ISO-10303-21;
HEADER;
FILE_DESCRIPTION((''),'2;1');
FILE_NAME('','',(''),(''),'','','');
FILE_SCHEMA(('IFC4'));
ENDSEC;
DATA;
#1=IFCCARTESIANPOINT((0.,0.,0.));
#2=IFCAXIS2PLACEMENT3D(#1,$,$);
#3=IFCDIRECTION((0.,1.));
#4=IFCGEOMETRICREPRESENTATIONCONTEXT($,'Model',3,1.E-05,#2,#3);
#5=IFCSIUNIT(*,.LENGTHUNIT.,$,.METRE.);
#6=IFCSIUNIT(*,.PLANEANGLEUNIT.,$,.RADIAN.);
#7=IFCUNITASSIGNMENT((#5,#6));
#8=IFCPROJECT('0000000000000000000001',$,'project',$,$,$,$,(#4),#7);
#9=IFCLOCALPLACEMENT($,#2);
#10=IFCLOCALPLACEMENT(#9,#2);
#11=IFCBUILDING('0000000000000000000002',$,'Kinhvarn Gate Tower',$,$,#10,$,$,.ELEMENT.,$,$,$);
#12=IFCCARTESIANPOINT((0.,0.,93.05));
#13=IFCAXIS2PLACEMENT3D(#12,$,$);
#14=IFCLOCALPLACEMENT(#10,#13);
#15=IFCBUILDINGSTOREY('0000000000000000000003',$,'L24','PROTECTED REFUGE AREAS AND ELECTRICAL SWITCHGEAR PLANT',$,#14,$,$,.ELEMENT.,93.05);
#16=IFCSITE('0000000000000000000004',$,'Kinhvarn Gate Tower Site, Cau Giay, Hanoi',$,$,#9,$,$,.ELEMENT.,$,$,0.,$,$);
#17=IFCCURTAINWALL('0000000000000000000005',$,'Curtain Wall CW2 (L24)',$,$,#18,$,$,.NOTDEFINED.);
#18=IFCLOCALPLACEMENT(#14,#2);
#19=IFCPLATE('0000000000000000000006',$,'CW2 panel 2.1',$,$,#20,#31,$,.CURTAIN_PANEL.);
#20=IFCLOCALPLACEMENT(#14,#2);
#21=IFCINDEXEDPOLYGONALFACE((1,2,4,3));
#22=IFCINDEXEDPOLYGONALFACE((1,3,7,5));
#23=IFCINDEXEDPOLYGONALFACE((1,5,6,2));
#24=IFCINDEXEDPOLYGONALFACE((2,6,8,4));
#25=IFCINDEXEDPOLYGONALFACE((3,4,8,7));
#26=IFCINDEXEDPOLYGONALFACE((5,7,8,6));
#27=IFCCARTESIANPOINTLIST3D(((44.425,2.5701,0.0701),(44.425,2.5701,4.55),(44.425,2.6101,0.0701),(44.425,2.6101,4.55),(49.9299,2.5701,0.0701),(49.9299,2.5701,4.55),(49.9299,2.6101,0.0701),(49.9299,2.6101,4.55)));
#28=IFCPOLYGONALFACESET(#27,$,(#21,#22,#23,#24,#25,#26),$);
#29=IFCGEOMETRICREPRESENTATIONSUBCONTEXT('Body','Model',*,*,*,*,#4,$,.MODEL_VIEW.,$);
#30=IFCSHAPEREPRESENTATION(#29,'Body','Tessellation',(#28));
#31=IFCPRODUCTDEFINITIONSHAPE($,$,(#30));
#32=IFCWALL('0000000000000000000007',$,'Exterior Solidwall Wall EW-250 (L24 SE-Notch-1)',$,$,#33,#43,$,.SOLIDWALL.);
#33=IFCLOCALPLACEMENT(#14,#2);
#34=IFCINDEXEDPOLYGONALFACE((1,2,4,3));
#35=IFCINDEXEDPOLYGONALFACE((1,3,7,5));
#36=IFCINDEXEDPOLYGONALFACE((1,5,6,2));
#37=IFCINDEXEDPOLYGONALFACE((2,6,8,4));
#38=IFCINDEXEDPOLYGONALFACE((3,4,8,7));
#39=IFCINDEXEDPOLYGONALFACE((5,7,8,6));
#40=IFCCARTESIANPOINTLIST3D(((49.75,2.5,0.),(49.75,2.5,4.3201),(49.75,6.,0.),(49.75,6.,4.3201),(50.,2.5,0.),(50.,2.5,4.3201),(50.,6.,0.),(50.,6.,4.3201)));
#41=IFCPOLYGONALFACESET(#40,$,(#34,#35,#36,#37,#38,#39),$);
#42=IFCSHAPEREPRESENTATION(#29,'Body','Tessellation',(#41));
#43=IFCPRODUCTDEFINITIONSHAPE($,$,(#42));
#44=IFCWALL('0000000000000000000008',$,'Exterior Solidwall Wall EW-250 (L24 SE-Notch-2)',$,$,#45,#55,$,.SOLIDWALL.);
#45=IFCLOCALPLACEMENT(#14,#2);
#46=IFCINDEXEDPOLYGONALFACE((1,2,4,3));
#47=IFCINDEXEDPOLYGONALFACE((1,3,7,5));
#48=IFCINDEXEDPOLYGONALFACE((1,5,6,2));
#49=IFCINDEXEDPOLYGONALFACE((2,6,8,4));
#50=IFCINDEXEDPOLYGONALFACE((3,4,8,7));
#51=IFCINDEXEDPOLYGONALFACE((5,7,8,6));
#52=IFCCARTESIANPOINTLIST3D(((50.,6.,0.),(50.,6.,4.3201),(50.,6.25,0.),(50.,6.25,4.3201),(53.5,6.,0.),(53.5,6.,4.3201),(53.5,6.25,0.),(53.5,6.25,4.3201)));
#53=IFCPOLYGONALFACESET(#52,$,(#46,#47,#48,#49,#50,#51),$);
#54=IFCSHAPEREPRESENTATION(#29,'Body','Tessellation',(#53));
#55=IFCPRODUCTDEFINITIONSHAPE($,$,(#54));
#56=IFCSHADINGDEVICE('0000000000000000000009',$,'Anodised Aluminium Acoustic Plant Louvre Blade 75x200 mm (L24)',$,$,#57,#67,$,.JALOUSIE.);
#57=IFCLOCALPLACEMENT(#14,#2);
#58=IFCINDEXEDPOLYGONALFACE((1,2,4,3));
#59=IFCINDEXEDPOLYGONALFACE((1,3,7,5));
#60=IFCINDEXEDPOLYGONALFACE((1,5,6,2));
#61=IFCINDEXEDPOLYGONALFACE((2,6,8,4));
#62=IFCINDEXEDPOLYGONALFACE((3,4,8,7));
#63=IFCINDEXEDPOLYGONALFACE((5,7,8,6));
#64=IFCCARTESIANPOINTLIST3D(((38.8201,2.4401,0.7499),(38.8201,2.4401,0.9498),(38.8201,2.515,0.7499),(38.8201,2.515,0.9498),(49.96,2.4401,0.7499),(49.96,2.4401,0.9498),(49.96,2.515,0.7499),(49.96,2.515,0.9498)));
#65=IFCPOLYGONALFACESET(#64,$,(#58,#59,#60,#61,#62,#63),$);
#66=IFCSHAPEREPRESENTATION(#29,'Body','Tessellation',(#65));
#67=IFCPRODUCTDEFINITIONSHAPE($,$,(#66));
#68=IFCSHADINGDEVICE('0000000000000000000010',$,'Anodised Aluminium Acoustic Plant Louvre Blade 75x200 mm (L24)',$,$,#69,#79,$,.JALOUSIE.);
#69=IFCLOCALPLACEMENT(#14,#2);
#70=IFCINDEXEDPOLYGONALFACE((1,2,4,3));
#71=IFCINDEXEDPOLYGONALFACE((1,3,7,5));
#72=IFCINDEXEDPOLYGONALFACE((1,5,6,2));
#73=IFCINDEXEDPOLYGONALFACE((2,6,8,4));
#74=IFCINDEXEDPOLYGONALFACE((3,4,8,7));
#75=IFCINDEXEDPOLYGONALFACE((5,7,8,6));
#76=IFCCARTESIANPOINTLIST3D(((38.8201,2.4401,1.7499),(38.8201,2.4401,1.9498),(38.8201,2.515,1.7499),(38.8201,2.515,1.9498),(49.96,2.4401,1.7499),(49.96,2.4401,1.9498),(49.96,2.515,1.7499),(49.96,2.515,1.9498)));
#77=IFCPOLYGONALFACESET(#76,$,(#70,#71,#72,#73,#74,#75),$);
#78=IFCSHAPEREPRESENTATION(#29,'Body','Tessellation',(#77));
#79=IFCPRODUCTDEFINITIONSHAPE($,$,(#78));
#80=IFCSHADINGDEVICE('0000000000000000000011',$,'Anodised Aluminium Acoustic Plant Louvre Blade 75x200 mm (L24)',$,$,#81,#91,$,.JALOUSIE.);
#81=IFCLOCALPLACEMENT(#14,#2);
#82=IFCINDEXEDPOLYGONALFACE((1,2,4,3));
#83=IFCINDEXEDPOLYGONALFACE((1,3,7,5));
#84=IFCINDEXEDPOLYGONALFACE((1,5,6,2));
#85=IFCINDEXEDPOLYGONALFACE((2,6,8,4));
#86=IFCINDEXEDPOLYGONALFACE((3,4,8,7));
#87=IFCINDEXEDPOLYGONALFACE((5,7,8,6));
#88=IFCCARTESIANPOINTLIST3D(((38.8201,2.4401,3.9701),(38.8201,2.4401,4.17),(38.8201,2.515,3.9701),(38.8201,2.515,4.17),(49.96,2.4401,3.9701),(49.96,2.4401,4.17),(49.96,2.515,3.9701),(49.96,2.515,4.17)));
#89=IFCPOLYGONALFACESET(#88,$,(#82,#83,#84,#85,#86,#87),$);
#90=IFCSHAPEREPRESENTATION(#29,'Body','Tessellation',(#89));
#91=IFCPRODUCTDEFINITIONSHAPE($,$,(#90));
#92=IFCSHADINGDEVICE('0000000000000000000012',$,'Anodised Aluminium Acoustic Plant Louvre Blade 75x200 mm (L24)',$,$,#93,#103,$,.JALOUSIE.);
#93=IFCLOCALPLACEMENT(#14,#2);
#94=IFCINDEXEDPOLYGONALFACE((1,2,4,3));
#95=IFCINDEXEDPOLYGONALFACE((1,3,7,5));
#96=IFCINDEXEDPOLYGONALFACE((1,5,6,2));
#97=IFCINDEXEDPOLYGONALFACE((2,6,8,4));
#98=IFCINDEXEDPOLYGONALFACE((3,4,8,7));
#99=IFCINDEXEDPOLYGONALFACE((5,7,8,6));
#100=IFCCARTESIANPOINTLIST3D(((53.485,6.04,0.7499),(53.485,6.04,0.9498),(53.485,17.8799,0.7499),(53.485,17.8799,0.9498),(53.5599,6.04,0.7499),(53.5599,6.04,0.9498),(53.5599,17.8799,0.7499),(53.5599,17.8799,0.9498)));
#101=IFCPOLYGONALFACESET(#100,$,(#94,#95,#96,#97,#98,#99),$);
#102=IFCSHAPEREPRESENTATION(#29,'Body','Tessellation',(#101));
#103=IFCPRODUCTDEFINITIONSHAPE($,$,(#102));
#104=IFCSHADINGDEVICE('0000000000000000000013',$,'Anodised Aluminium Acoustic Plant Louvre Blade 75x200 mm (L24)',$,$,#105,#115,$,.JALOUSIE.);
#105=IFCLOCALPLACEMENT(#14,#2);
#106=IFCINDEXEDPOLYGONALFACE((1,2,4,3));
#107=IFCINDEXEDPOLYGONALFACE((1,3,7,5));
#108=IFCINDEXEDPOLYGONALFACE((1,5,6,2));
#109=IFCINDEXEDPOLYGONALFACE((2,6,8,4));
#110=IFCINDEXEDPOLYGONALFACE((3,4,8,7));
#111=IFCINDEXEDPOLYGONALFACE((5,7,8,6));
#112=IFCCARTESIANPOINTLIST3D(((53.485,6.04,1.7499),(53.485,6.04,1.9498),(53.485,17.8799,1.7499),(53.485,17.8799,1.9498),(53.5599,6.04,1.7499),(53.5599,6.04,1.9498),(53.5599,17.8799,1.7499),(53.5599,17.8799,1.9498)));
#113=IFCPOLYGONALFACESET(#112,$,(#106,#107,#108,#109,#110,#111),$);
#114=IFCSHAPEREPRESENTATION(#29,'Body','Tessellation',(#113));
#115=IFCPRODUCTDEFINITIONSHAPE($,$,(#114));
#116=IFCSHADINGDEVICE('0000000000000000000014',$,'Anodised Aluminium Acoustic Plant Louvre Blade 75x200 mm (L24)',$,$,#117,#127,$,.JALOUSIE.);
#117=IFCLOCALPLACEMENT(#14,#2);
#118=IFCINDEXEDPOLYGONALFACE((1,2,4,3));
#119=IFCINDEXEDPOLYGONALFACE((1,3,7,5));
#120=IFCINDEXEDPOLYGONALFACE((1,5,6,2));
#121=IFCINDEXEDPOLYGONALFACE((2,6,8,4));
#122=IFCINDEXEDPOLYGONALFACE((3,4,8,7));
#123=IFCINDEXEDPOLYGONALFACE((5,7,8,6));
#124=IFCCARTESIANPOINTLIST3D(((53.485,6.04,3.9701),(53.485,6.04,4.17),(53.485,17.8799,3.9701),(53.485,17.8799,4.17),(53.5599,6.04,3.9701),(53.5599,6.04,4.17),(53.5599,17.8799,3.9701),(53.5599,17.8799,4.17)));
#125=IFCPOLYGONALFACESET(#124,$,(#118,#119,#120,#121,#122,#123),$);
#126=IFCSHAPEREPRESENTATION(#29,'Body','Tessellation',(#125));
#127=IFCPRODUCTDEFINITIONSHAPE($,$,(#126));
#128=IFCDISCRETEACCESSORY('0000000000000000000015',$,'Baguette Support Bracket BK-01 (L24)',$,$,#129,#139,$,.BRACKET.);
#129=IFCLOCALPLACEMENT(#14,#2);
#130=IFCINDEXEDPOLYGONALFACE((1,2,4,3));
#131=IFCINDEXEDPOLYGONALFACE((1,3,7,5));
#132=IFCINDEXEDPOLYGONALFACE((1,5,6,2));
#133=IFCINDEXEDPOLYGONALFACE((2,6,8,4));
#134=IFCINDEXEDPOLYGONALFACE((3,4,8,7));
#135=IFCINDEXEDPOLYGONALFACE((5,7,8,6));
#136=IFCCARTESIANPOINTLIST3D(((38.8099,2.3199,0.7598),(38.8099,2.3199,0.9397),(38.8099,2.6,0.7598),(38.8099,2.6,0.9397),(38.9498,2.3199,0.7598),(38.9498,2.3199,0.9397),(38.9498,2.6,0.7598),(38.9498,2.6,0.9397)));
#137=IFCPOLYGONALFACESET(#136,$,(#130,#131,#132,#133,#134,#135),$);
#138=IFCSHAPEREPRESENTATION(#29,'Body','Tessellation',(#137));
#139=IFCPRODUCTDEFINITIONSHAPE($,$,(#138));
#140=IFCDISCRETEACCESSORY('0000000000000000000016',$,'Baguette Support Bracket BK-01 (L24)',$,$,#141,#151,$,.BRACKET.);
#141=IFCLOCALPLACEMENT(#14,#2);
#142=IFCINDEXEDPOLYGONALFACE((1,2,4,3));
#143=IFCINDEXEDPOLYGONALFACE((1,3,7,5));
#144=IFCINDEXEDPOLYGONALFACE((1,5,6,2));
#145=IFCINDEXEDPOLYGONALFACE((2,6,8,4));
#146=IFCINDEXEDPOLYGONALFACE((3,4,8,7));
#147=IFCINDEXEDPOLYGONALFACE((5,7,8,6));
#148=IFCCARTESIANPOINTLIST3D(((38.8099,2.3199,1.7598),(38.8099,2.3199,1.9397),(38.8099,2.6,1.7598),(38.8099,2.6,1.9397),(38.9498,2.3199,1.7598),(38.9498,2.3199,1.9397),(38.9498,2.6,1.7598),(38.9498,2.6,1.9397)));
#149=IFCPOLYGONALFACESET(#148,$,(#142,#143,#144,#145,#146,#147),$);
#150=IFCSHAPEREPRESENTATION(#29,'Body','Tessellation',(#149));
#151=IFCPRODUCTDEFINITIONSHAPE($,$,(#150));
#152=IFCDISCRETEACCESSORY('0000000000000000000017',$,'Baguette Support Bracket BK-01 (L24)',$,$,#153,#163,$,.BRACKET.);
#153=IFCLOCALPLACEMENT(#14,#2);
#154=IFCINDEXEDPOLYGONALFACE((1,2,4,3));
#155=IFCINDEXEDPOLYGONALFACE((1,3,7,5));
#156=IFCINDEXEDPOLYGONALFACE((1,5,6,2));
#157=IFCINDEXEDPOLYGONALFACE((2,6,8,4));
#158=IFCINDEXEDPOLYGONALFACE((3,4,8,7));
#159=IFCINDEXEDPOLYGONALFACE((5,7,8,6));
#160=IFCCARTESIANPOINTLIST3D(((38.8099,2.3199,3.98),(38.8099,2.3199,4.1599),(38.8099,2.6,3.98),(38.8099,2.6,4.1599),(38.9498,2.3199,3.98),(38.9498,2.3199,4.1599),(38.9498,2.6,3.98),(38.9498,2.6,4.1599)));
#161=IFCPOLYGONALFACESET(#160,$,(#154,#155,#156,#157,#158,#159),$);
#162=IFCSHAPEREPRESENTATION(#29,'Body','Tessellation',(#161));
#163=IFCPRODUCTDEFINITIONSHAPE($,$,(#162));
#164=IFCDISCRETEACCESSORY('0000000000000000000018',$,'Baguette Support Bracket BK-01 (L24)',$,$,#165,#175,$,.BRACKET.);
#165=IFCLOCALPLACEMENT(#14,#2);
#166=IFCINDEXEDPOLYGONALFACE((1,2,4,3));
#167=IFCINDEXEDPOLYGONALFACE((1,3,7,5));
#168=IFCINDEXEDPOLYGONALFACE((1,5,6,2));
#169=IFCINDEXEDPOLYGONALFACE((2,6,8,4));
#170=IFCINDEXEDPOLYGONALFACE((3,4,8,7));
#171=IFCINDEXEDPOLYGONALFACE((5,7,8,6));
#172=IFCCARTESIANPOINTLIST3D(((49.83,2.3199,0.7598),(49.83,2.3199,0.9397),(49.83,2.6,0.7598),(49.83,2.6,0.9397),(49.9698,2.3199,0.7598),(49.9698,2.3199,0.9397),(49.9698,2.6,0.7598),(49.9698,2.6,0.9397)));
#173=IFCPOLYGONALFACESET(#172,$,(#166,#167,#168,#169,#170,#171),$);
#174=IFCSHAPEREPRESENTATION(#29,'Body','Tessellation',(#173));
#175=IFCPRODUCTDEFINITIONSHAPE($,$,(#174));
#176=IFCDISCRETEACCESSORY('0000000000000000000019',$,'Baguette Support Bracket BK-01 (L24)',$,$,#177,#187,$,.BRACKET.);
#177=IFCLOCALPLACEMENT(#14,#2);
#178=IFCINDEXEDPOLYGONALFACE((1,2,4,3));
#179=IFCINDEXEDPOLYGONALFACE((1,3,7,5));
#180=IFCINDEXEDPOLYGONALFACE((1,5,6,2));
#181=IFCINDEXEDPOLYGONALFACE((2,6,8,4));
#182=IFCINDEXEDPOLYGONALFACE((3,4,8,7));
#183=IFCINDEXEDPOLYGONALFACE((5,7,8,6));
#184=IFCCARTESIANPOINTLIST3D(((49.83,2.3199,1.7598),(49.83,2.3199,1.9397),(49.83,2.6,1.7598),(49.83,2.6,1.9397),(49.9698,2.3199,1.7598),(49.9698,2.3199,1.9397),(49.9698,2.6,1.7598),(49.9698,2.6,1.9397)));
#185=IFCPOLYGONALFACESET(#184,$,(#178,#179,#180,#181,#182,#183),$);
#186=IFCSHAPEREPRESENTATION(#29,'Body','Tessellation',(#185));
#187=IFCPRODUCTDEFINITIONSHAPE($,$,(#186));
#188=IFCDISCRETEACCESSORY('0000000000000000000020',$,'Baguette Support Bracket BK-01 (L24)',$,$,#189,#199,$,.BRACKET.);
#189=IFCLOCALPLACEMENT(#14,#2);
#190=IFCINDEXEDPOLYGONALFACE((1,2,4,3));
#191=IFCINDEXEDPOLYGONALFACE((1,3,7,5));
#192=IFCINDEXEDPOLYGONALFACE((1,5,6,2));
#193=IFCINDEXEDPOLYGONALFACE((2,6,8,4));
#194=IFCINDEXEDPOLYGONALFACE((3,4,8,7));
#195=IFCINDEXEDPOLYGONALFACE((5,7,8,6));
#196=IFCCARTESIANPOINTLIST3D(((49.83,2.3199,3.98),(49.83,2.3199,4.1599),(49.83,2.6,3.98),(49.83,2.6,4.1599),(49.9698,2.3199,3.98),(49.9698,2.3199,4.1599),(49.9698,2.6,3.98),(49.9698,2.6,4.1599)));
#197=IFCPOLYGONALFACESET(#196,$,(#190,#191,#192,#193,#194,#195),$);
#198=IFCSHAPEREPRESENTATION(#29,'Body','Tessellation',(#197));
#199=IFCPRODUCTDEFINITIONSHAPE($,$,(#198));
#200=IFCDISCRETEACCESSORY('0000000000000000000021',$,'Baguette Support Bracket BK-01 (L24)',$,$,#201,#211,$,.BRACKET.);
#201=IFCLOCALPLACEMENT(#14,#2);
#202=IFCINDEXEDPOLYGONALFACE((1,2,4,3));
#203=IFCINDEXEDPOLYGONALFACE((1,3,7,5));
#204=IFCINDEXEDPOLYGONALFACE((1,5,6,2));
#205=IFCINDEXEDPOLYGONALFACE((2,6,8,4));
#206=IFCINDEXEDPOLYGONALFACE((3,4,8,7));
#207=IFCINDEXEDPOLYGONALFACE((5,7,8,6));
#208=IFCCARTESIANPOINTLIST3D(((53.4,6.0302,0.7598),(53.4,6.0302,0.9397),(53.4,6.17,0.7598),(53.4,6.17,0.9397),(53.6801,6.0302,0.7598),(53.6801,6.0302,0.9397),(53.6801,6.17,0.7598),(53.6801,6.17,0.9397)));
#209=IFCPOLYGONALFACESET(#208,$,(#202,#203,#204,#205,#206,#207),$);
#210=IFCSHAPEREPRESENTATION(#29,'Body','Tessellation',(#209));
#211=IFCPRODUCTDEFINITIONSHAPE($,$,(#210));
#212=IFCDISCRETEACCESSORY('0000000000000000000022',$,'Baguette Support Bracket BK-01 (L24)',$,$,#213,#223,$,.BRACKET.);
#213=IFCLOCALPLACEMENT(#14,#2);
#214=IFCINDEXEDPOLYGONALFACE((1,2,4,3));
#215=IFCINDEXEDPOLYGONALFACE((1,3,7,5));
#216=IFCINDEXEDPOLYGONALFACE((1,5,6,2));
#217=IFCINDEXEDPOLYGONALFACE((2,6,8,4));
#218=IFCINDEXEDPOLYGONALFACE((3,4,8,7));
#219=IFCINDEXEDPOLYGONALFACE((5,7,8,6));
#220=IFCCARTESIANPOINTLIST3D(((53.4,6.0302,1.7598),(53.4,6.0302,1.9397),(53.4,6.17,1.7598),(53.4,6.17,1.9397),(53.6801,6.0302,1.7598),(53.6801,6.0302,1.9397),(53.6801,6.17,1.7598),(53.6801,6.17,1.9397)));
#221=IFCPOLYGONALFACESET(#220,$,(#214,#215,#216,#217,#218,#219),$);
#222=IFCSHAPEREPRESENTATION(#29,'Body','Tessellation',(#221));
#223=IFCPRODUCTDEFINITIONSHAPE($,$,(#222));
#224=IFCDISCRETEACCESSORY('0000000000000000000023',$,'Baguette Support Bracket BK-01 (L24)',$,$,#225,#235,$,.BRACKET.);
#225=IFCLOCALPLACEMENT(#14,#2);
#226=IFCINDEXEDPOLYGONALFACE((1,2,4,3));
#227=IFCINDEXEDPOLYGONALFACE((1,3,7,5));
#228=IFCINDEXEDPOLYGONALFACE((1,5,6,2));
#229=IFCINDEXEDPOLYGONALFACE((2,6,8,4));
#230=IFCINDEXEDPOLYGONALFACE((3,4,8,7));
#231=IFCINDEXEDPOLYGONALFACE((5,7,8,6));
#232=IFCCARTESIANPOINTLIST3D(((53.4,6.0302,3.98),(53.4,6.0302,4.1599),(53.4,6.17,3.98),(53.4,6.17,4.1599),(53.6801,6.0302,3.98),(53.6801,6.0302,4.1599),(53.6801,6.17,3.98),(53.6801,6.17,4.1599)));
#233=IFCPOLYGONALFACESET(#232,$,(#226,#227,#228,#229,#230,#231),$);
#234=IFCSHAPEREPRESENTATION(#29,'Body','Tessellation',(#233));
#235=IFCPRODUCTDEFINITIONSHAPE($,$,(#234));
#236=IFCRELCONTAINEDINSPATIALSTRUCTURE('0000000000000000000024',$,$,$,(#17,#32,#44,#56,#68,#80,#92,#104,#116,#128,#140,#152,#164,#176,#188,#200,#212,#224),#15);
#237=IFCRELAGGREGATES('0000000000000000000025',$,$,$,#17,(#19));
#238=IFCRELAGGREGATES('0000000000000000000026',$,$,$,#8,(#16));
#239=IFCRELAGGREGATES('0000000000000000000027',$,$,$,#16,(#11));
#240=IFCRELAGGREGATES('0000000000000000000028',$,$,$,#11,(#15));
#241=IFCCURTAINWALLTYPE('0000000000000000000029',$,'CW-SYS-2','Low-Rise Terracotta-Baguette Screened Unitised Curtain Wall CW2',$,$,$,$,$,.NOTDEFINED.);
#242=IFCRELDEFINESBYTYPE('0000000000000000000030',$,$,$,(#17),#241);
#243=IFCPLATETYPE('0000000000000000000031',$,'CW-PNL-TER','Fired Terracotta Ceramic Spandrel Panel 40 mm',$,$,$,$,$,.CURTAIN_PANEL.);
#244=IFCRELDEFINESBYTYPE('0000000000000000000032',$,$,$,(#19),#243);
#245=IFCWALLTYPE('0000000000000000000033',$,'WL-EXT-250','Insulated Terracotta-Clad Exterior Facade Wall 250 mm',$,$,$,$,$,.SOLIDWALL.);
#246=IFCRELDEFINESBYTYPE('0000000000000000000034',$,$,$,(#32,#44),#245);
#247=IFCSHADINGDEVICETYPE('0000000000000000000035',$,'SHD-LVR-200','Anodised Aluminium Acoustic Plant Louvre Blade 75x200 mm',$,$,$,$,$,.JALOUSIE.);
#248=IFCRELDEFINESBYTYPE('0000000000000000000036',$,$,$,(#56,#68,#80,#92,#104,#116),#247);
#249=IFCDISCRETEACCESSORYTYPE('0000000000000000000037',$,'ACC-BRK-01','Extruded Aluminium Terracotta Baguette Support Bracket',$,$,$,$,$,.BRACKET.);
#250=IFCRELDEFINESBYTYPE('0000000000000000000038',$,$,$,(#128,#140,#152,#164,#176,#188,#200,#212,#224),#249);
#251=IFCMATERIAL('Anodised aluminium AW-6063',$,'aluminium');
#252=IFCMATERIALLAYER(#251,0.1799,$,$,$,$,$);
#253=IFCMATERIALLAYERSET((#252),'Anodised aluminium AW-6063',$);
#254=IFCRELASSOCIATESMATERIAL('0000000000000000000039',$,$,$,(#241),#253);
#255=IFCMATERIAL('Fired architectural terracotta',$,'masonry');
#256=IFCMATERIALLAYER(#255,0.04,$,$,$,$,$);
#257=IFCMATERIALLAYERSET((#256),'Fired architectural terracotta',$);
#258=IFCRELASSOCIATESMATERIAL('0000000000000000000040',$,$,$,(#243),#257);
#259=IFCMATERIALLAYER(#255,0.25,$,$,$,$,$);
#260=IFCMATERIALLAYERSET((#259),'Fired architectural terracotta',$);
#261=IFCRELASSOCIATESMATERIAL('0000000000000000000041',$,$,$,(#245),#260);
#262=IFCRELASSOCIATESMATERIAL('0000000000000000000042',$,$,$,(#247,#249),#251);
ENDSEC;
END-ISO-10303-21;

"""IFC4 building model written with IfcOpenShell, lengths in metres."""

from ifc_helpers import new_model, si_unit, direction, frame, frame_2d, origin, origin_2d, place, context, subcontext, project, spatial, rectangle, extrude, material, layer, layer_set, material_profile, profile_set, type_object, element, aggregate, save


model = new_model("IFC4")

# Units and contexts
model_context = context("Model", 3, precision=1e-05, world=origin(), true_north=direction((0.0, 1.0)))
body_context = subcontext(model_context, "Body", "Model", "MODEL_VIEW")
ifc_project = project(units=[si_unit("LENGTHUNIT", "METRE"), si_unit("PLANEANGLEUNIT", "RADIAN")], contexts=[model_context])

# Site, building, storey
site_placement = place(None, origin())
site = spatial("IfcSite", under=ifc_project, at=site_placement, Name="Kinhvarn Gate Tower Site, Cau Giay, Hanoi", CompositionType="ELEMENT", RefElevation=0.0)
building_placement = place(site_placement, origin())
building = spatial("IfcBuilding", under=site, at=building_placement, Name="Kinhvarn Gate Tower", CompositionType="ELEMENT")
storey_placement = place(building_placement, frame((0.0, 0.0, 93.05)))
storey = spatial("IfcBuildingStorey", under=building, at=storey_placement, Name="L24", Description="PROTECTED REFUGE AREAS AND ELECTRICAL SWITCHGEAR PLANT", CompositionType="ELEMENT", Elevation=93.05)

# Curtain wall
ifc_material_1 = material(Name="Anodised aluminium AW-6063", Category="aluminium")
ifc_layer_1 = layer(ifc_material_1, 0.1799)
ifc_layer_set_1 = layer_set([ifc_layer_1], Name="Anodised aluminium AW-6063")
curtain_wall_type = type_object("IfcCurtainWallType", Name="CW-SYS-2", Description="Low-Rise Terracotta-Baguette Screened Unitised Curtain Wall CW2", PredefinedType="NOTDEFINED", material=ifc_layer_set_1)
curtain_wall_1_placement = place(storey_placement, origin())
curtain_wall_1 = element("IfcCurtainWall", 1, at=curtain_wall_1_placement, inside=storey, type_object=curtain_wall_type, Name="Curtain Wall CW2 (L24)", PredefinedType="NOTDEFINED")

# Plate
ifc_material_2 = material(Name="Fired architectural terracotta", Category="masonry")
ifc_layer_2 = layer(ifc_material_2, 0.04)
ifc_layer_set_2 = layer_set([ifc_layer_2], Name="Fired architectural terracotta")
plate_type = type_object("IfcPlateType", Name="CW-PNL-TER", Description="Fired Terracotta Ceramic Spandrel Panel 40 mm", PredefinedType="CURTAIN_PANEL", material=ifc_layer_set_2)
plate_1_placement = place(storey_placement, frame((47.1775, 2.5901, 0.0701), z_axis=(0.0, 0.0, 1.0), x_axis=(1.0, 0.0, 0.0)))
plate_1 = element("IfcPlate", 2, at=plate_1_placement, type_object=plate_type, Name="CW2 panel 2.1", PredefinedType="CURTAIN_PANEL", context=body_context, shape_type="SweptSolid", body=[
    extrude(rectangle(XDim=5.5049, YDim=0.04, at=origin_2d()), origin(), (0.0, 0.0, 1.0), 4.48),
])
aggregate(curtain_wall_1, [plate_1])

# Walls
ifc_layer_3 = layer(ifc_material_2, 0.25)
ifc_layer_set_3 = layer_set([ifc_layer_3], Name="Fired architectural terracotta")
wall_type = type_object("IfcWallType", Name="WL-EXT-250", Description="Insulated Terracotta-Clad Exterior Facade Wall 250 mm", PredefinedType="SOLIDWALL", material=ifc_layer_set_3)
for number, where, z_axis, x_axis, name in (
    (3, (49.875, 2.5, 0.0), (0.0, 0.0, 1.0), (0.0, 1.0, 0.0), "Exterior Solidwall Wall EW-250 (L24 SE-Notch-1)"),
    (4, (50.0, 6.125, 0.0), (0.0, 0.0, 1.0), (1.0, 0.0, 0.0), "Exterior Solidwall Wall EW-250 (L24 SE-Notch-2)"),
):
    element("IfcWall", number, at=place(storey_placement, frame(where, z_axis=z_axis, x_axis=x_axis)), inside=storey, type_object=wall_type, Name=name, PredefinedType="SOLIDWALL", context=body_context, shape_type="SweptSolid", body=[
        extrude(rectangle(XDim=3.5, YDim=0.25, at=frame_2d((1.75, 0.0))), origin(), (0.0, 0.0, 1.0), 4.3201),
    ])

# Shading devices
ifc_material_profile_1 = material_profile(ifc_material_1, rectangle(XDim=0.075, YDim=0.2, at=origin_2d()), Name="LOUVRE 75x200")
ifc_profile_set_1 = profile_set([ifc_material_profile_1], Name="Anodised aluminium AW-6063")
shading_device_type = type_object("IfcShadingDeviceType", Name="SHD-LVR-200", Description="Anodised Aluminium Acoustic Plant Louvre Blade 75x200 mm", PredefinedType="JALOUSIE", material=ifc_profile_set_1)
for number, where, z_axis, x_axis, name in (
    (5, (38.8201, 2.4775, 0.8499), (1.0, 0.0, 0.0), (0.0, 1.0, 0.0), "Anodised Aluminium Acoustic Plant Louvre Blade 75x200 mm (L24)"),
    (6, (38.8201, 2.4775, 1.8499), (1.0, 0.0, 0.0), (0.0, 1.0, 0.0), "Anodised Aluminium Acoustic Plant Louvre Blade 75x200 mm (L24)"),
    (7, (38.8201, 2.4775, 4.0701), (1.0, 0.0, 0.0), (0.0, 1.0, 0.0), "Anodised Aluminium Acoustic Plant Louvre Blade 75x200 mm (L24)"),
):
    element("IfcShadingDevice", number, at=place(storey_placement, frame(where, z_axis=z_axis, x_axis=x_axis)), inside=storey, type_object=shading_device_type, Name=name, PredefinedType="JALOUSIE", context=body_context, shape_type="SweptSolid", body=[
        extrude(rectangle(XDim=0.075, YDim=0.2, at=origin_2d()), origin(), (0.0, 0.0, 1.0), 11.1399),
    ])
for number, where, z_axis, x_axis, name in (
    (8, (53.5225, 6.04, 0.8499), (0.0, 1.0, 0.0), (-1.0, 0.0, 0.0), "Anodised Aluminium Acoustic Plant Louvre Blade 75x200 mm (L24)"),
    (9, (53.5225, 6.04, 1.8499), (0.0, 1.0, 0.0), (-1.0, 0.0, 0.0), "Anodised Aluminium Acoustic Plant Louvre Blade 75x200 mm (L24)"),
    (10, (53.5225, 6.04, 4.0701), (0.0, 1.0, 0.0), (-1.0, 0.0, 0.0), "Anodised Aluminium Acoustic Plant Louvre Blade 75x200 mm (L24)"),
):
    element("IfcShadingDevice", number, at=place(storey_placement, frame(where, z_axis=z_axis, x_axis=x_axis)), inside=storey, type_object=shading_device_type, Name=name, PredefinedType="JALOUSIE", context=body_context, shape_type="SweptSolid", body=[
        extrude(rectangle(XDim=0.075, YDim=0.2, at=origin_2d()), origin(), (0.0, 0.0, 1.0), 11.8398),
    ])

# Discrete accessories
discrete_accessory_type = type_object("IfcDiscreteAccessoryType", Name="ACC-BRK-01", Description="Extruded Aluminium Terracotta Baguette Support Bracket", PredefinedType="BRACKET", material=ifc_material_1)
for number, where, z_axis, x_axis, name in (
    (11, (38.8799, 2.46, 0.7598), (0.0, 0.0, 1.0), (1.0, 0.0, 0.0), "Baguette Support Bracket BK-01 (L24)"),
    (12, (38.8799, 2.46, 1.7598), (0.0, 0.0, 1.0), (1.0, 0.0, 0.0), "Baguette Support Bracket BK-01 (L24)"),
    (13, (38.8799, 2.46, 3.98), (0.0, 0.0, 1.0), (1.0, 0.0, 0.0), "Baguette Support Bracket BK-01 (L24)"),
    (14, (49.8999, 2.46, 0.7598), (0.0, 0.0, 1.0), (1.0, 0.0, 0.0), "Baguette Support Bracket BK-01 (L24)"),
    (15, (49.8999, 2.46, 1.7598), (0.0, 0.0, 1.0), (1.0, 0.0, 0.0), "Baguette Support Bracket BK-01 (L24)"),
    (16, (49.8999, 2.46, 3.98), (0.0, 0.0, 1.0), (1.0, 0.0, 0.0), "Baguette Support Bracket BK-01 (L24)"),
    (17, (53.54, 6.1001, 0.7598), (0.0, 0.0, 1.0), (0.0, 1.0, 0.0), "Baguette Support Bracket BK-01 (L24)"),
    (18, (53.54, 6.1001, 1.7598), (0.0, 0.0, 1.0), (0.0, 1.0, 0.0), "Baguette Support Bracket BK-01 (L24)"),
    (19, (53.54, 6.1001, 3.98), (0.0, 0.0, 1.0), (0.0, 1.0, 0.0), "Baguette Support Bracket BK-01 (L24)"),
):
    element("IfcDiscreteAccessory", number, at=place(storey_placement, frame(where, z_axis=z_axis, x_axis=x_axis)), inside=storey, type_object=discrete_accessory_type, Name=name, PredefinedType="BRACKET", context=body_context, shape_type="SweptSolid", body=[
        extrude(rectangle(XDim=0.1399, YDim=0.28, at=origin_2d()), origin(), (0.0, 0.0, 1.0), 0.1799),
    ])

save(model, "model.ifc")
